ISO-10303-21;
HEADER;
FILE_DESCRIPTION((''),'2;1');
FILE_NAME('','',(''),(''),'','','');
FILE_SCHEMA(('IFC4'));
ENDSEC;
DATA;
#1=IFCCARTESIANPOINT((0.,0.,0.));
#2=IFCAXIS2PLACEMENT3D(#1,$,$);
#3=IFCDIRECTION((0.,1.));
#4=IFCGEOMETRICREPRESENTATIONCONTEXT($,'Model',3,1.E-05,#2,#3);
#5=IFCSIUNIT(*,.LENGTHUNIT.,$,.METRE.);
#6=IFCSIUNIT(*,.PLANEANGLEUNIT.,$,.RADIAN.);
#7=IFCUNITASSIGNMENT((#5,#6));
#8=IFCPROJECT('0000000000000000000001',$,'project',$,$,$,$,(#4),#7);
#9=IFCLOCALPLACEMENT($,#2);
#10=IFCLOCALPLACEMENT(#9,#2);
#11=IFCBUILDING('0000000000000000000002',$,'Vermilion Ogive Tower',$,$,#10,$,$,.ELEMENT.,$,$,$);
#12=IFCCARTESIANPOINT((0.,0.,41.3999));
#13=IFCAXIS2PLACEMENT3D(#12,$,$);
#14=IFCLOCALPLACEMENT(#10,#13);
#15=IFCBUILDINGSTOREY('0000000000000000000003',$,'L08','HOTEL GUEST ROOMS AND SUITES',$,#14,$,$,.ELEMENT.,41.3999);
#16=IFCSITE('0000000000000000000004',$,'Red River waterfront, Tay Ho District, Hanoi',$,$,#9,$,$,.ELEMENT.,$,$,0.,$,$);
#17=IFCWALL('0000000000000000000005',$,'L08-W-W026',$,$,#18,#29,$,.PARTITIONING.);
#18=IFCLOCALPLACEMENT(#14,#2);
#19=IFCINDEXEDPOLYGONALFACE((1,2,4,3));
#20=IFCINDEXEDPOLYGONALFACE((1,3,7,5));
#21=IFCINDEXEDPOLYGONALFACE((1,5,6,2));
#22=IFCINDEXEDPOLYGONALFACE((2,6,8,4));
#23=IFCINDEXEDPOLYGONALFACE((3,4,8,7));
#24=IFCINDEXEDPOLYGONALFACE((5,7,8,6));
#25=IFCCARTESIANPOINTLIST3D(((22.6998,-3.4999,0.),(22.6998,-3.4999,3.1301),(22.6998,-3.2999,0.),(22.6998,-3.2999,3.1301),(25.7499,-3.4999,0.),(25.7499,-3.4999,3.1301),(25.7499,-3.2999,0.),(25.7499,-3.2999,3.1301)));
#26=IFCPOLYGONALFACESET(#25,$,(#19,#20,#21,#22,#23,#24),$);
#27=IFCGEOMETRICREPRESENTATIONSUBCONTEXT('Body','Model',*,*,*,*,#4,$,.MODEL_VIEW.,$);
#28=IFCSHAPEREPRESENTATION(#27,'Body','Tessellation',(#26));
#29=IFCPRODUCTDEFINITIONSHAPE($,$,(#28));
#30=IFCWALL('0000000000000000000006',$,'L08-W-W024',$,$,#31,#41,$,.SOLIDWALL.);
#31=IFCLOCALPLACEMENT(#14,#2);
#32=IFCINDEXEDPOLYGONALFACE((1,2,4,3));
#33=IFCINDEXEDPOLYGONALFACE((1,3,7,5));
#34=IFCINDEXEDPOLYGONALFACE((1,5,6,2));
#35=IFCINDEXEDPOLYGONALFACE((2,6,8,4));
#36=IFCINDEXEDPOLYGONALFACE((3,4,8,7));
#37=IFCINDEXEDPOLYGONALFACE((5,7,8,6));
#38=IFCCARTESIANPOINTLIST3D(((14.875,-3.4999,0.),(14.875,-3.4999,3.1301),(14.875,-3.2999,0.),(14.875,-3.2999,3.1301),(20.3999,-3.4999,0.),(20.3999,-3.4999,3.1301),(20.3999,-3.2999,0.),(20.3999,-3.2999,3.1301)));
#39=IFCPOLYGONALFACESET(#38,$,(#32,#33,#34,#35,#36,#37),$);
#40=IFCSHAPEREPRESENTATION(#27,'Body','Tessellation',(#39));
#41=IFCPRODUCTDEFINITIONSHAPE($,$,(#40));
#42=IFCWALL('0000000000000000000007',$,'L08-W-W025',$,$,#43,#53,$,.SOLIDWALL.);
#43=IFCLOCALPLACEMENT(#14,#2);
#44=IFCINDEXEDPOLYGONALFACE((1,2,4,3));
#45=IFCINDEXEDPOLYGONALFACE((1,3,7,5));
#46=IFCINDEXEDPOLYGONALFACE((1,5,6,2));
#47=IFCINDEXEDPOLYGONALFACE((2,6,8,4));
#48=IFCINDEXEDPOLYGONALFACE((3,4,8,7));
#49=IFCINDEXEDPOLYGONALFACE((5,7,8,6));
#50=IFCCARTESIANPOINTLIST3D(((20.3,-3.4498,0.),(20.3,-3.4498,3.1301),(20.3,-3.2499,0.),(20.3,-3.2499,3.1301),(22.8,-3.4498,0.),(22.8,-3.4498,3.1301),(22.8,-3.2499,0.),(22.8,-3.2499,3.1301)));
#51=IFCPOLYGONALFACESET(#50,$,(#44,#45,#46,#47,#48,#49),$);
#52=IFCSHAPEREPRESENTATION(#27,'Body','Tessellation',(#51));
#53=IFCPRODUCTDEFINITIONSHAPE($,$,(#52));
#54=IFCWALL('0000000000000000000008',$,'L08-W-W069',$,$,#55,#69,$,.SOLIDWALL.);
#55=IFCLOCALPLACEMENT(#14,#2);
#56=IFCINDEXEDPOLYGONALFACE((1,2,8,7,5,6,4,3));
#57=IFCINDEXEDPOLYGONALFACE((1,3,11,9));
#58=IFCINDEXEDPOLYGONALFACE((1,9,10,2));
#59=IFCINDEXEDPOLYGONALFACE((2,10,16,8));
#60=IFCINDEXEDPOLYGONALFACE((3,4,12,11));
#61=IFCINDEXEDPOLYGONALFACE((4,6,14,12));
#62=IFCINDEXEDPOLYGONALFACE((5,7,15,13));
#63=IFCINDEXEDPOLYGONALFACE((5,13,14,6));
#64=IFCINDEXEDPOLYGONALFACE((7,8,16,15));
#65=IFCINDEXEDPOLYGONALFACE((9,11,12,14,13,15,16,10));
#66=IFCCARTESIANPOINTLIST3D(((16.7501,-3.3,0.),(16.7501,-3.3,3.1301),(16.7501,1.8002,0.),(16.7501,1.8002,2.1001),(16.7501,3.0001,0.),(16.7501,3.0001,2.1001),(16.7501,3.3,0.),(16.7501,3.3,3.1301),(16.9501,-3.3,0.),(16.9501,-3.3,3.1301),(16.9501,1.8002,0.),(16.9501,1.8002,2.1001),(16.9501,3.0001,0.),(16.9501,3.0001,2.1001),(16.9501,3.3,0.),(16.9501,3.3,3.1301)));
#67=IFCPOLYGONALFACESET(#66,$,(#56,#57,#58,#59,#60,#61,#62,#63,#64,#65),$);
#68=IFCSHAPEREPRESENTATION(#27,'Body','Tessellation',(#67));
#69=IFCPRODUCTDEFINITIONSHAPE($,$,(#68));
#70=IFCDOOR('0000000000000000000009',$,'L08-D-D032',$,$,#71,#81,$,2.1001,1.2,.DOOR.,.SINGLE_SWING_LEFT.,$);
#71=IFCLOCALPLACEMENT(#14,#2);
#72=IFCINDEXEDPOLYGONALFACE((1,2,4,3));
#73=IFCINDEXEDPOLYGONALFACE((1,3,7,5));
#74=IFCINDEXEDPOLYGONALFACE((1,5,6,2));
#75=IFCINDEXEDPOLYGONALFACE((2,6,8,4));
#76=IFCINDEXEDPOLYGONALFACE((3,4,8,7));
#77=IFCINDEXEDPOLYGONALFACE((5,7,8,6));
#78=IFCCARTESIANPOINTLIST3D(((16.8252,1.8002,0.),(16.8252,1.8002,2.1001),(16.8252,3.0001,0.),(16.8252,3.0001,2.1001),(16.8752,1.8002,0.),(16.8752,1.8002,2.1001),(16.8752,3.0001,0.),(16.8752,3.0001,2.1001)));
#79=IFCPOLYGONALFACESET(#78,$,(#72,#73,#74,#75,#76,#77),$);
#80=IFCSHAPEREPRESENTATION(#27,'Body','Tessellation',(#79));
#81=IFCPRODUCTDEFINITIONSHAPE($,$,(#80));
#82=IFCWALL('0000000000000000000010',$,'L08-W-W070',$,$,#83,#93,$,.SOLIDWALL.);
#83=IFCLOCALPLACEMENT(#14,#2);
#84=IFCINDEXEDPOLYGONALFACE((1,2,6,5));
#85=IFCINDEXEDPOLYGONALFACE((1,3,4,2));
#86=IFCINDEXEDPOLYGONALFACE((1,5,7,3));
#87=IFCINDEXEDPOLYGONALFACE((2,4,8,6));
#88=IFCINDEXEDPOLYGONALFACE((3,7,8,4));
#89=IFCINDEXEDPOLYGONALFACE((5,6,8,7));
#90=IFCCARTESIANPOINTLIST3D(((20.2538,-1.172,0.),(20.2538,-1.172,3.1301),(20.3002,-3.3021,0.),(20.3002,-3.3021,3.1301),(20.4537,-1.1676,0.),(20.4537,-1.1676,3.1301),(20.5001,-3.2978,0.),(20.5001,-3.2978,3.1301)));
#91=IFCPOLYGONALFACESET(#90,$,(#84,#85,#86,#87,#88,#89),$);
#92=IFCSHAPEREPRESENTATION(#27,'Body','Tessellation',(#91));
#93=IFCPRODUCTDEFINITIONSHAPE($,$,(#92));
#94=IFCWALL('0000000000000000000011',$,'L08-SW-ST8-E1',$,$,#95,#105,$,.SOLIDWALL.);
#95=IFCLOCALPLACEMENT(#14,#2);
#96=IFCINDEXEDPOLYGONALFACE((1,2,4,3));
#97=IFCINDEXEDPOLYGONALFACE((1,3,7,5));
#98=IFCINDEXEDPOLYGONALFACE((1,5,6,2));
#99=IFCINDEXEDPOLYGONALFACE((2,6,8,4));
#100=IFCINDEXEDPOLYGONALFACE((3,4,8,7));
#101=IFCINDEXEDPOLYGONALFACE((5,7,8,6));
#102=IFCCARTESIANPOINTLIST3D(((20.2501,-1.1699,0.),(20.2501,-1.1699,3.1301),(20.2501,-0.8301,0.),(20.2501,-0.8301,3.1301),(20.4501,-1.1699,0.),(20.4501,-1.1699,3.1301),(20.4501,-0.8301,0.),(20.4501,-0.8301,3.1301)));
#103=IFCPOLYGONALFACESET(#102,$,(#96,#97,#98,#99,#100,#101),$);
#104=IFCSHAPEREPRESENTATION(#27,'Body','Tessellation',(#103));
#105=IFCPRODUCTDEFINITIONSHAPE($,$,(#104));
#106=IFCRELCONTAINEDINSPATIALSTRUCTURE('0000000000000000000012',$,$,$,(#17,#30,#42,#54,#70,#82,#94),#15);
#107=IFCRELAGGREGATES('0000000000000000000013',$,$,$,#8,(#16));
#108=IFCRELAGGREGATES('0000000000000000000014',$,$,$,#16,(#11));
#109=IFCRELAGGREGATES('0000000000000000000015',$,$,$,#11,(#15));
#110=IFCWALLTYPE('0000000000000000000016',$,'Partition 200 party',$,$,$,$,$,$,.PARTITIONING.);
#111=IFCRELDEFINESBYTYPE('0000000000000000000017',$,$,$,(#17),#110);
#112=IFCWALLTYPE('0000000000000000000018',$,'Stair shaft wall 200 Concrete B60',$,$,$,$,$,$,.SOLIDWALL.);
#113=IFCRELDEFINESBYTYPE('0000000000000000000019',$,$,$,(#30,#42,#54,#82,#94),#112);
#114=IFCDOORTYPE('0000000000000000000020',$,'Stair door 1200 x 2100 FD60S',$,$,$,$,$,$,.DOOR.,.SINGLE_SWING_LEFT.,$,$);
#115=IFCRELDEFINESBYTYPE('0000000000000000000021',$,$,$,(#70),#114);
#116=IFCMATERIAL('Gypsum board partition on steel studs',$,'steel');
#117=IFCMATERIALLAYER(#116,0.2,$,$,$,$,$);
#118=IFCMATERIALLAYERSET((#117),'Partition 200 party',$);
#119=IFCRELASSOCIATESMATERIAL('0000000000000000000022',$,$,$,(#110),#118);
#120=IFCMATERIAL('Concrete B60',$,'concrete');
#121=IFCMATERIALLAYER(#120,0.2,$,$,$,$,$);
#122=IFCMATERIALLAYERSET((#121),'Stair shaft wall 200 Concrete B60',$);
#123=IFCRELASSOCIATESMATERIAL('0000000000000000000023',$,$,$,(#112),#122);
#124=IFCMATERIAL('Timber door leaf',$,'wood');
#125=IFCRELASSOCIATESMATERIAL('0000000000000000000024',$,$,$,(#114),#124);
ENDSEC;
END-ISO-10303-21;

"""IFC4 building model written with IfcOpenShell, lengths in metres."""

from ifc_helpers import new_model, si_unit, direction, frame, frame_2d, origin, place, context, subcontext, project, spatial, rectangle, extrude, material, layer, layer_set, type_object, element, fill, save


model = new_model("IFC4")

# Units and contexts
model_context = context("Model", 3, precision=1e-05, world=origin(), true_north=direction((0.0, 1.0)))
body_context = subcontext(model_context, "Body", "Model", "MODEL_VIEW")
ifc_project = project(units=[si_unit("LENGTHUNIT", "METRE"), si_unit("PLANEANGLEUNIT", "RADIAN")], contexts=[model_context])

# Site, building, storey
site_placement = place(None, origin())
site = spatial("IfcSite", under=ifc_project, at=site_placement, Name="Red River waterfront, Tay Ho District, Hanoi", CompositionType="ELEMENT", RefElevation=0.0)
building_placement = place(site_placement, origin())
building = spatial("IfcBuilding", under=site, at=building_placement, Name="Vermilion Ogive Tower", CompositionType="ELEMENT")
storey_placement = place(building_placement, frame((0.0, 0.0, 41.3999)))
storey = spatial("IfcBuildingStorey", under=building, at=storey_placement, Name="L08", Description="HOTEL GUEST ROOMS AND SUITES", CompositionType="ELEMENT", Elevation=41.3999)

# Walls
ifc_material_1 = material(Name="Gypsum board partition on steel studs", Category="steel")
ifc_layer_1 = layer(ifc_material_1, 0.2)
ifc_layer_set_1 = layer_set([ifc_layer_1], Name="Partition 200 party")
wall_type_1 = type_object("IfcWallType", Name="Partition 200 party", PredefinedType="PARTITIONING", material=ifc_layer_set_1)
wall_1_placement = place(storey_placement, frame((22.7, -3.3999, 0.0), z_axis=(0.0, 0.0, 1.0), x_axis=(1.0, 0.0, 0.0)))
element("IfcWall", 1, at=wall_1_placement, inside=storey, type_object=wall_type_1, Name="L08-W-W026", PredefinedType="PARTITIONING", context=body_context, shape_type="SweptSolid", body=[
    extrude(rectangle(XDim=3.05, YDim=0.2, at=frame_2d((1.5249, 0.0))), origin(), (0.0, 0.0, 1.0), 3.1301),
])
ifc_material_2 = material(Name="Concrete B60", Category="concrete")
ifc_layer_2 = layer(ifc_material_2, 0.2)
ifc_layer_set_2 = layer_set([ifc_layer_2], Name="Stair shaft wall 200 Concrete B60")
wall_type_2 = type_object("IfcWallType", Name="Stair shaft wall 200 Concrete B60", PredefinedType="SOLIDWALL", material=ifc_layer_set_2)
wall_2_placement = place(storey_placement, frame((14.875, -3.3999, 0.0), z_axis=(0.0, 0.0, 1.0), x_axis=(1.0, 0.0, 0.0)))
element("IfcWall", 2, at=wall_2_placement, inside=storey, type_object=wall_type_2, Name="L08-W-W024", PredefinedType="SOLIDWALL", context=body_context, shape_type="SweptSolid", body=[
    extrude(rectangle(XDim=5.5249, YDim=0.2, at=frame_2d((2.7625, 0.0))), origin(), (0.0, 0.0, 1.0), 3.1301),
])
wall_3_placement = place(storey_placement, frame((20.3, -3.3499, 0.0), z_axis=(0.0, 0.0, 1.0), x_axis=(1.0, 0.0, 0.0)))
element("IfcWall", 3, at=wall_3_placement, inside=storey, type_object=wall_type_2, Name="L08-W-W025", PredefinedType="SOLIDWALL", context=body_context, shape_type="SweptSolid", body=[
    extrude(rectangle(XDim=2.5, YDim=0.2, at=frame_2d((1.25, 0.0))), origin(), (0.0, 0.0, 1.0), 3.1301),
])

# Wall, opening, door
wall_4_placement = place(storey_placement, frame((16.8501, -3.3, 0.0), z_axis=(0.0, 0.0, 1.0), x_axis=(0.0, 1.0, 0.0)))
wall_4 = element("IfcWall", 4, at=wall_4_placement, inside=storey, type_object=wall_type_2, Name="L08-W-W069", PredefinedType="SOLIDWALL", context=body_context, shape_type="SweptSolid", body=[
    extrude(rectangle(XDim=6.6001, YDim=0.2, at=frame_2d((3.3, 0.0))), origin(), (0.0, 0.0, 1.0), 3.1301),
])
opening_1_placement = place(wall_4_placement, frame((5.1001, 0.0, 0.0)))
opening_1 = element("IfcOpeningElement", 5, at=opening_1_placement, cuts=wall_4, PredefinedType="OPENING", context=body_context, shape_type="SweptSolid", body=[
    extrude(rectangle(XDim=1.2, YDim=2.1001, at=frame_2d((0.6001, 1.05))), frame((0.0, 0.1099, 0.0), z_axis=(0.0, -1.0, 0.0), x_axis=(1.0, 0.0, 0.0)), (0.0, 0.0, 1.0), 0.22),
])
ifc_material_3 = material(Name="Timber door leaf", Category="wood")
door_type_1 = type_object("IfcDoorType", Name="Stair door 1200 x 2100 FD60S", OperationType="SINGLE_SWING_LEFT", PredefinedType="DOOR", material=ifc_material_3)
door_1_placement = place(opening_1_placement, origin())
door_1 = element("IfcDoor", 6, at=door_1_placement, inside=storey, type_object=door_type_1, Name="L08-D-D032", OperationType="SINGLE_SWING_LEFT", OverallHeight=2.1001, OverallWidth=1.2, PredefinedType="DOOR", context=body_context, shape_type="SweptSolid", body=[
    extrude(rectangle(XDim=1.2, YDim=2.1001, at=frame_2d((0.6001, 1.05))), frame((0.0, 0.0249, 0.0), z_axis=(0.0, -1.0, 0.0), x_axis=(1.0, 0.0, 0.0)), (0.0, 0.0, 1.0), 0.05),
])
fill(opening_1, door_1)

# Walls
wall_5_placement = place(storey_placement, frame((20.4001, -3.3, 0.0), z_axis=(0.0, 0.0, 1.0), x_axis=(-0.021771, 0.999763, 0.0)))
element("IfcWall", 7, at=wall_5_placement, inside=storey, type_object=wall_type_2, Name="L08-W-W070", PredefinedType="SOLIDWALL", context=body_context, shape_type="SweptSolid", body=[
    extrude(rectangle(XDim=2.1306, YDim=0.2, at=frame_2d((1.0654, 0.0))), origin(), (0.0, 0.0, 1.0), 3.1301),
])
wall_6_placement = place(storey_placement, frame((20.3501, -1.1699, 0.0), z_axis=(0.0, 0.0, 1.0), x_axis=(0.0, 1.0, 0.0)))
element("IfcWall", 8, at=wall_6_placement, inside=storey, type_object=wall_type_2, Name="L08-SW-ST8-E1", PredefinedType="SOLIDWALL", context=body_context, shape_type="SweptSolid", body=[
    extrude(rectangle(XDim=0.3398, YDim=0.2, at=frame_2d((0.1699, 0.0))), origin(), (0.0, 0.0, 1.0), 3.1301),
])

save(model, "model.ifc")
